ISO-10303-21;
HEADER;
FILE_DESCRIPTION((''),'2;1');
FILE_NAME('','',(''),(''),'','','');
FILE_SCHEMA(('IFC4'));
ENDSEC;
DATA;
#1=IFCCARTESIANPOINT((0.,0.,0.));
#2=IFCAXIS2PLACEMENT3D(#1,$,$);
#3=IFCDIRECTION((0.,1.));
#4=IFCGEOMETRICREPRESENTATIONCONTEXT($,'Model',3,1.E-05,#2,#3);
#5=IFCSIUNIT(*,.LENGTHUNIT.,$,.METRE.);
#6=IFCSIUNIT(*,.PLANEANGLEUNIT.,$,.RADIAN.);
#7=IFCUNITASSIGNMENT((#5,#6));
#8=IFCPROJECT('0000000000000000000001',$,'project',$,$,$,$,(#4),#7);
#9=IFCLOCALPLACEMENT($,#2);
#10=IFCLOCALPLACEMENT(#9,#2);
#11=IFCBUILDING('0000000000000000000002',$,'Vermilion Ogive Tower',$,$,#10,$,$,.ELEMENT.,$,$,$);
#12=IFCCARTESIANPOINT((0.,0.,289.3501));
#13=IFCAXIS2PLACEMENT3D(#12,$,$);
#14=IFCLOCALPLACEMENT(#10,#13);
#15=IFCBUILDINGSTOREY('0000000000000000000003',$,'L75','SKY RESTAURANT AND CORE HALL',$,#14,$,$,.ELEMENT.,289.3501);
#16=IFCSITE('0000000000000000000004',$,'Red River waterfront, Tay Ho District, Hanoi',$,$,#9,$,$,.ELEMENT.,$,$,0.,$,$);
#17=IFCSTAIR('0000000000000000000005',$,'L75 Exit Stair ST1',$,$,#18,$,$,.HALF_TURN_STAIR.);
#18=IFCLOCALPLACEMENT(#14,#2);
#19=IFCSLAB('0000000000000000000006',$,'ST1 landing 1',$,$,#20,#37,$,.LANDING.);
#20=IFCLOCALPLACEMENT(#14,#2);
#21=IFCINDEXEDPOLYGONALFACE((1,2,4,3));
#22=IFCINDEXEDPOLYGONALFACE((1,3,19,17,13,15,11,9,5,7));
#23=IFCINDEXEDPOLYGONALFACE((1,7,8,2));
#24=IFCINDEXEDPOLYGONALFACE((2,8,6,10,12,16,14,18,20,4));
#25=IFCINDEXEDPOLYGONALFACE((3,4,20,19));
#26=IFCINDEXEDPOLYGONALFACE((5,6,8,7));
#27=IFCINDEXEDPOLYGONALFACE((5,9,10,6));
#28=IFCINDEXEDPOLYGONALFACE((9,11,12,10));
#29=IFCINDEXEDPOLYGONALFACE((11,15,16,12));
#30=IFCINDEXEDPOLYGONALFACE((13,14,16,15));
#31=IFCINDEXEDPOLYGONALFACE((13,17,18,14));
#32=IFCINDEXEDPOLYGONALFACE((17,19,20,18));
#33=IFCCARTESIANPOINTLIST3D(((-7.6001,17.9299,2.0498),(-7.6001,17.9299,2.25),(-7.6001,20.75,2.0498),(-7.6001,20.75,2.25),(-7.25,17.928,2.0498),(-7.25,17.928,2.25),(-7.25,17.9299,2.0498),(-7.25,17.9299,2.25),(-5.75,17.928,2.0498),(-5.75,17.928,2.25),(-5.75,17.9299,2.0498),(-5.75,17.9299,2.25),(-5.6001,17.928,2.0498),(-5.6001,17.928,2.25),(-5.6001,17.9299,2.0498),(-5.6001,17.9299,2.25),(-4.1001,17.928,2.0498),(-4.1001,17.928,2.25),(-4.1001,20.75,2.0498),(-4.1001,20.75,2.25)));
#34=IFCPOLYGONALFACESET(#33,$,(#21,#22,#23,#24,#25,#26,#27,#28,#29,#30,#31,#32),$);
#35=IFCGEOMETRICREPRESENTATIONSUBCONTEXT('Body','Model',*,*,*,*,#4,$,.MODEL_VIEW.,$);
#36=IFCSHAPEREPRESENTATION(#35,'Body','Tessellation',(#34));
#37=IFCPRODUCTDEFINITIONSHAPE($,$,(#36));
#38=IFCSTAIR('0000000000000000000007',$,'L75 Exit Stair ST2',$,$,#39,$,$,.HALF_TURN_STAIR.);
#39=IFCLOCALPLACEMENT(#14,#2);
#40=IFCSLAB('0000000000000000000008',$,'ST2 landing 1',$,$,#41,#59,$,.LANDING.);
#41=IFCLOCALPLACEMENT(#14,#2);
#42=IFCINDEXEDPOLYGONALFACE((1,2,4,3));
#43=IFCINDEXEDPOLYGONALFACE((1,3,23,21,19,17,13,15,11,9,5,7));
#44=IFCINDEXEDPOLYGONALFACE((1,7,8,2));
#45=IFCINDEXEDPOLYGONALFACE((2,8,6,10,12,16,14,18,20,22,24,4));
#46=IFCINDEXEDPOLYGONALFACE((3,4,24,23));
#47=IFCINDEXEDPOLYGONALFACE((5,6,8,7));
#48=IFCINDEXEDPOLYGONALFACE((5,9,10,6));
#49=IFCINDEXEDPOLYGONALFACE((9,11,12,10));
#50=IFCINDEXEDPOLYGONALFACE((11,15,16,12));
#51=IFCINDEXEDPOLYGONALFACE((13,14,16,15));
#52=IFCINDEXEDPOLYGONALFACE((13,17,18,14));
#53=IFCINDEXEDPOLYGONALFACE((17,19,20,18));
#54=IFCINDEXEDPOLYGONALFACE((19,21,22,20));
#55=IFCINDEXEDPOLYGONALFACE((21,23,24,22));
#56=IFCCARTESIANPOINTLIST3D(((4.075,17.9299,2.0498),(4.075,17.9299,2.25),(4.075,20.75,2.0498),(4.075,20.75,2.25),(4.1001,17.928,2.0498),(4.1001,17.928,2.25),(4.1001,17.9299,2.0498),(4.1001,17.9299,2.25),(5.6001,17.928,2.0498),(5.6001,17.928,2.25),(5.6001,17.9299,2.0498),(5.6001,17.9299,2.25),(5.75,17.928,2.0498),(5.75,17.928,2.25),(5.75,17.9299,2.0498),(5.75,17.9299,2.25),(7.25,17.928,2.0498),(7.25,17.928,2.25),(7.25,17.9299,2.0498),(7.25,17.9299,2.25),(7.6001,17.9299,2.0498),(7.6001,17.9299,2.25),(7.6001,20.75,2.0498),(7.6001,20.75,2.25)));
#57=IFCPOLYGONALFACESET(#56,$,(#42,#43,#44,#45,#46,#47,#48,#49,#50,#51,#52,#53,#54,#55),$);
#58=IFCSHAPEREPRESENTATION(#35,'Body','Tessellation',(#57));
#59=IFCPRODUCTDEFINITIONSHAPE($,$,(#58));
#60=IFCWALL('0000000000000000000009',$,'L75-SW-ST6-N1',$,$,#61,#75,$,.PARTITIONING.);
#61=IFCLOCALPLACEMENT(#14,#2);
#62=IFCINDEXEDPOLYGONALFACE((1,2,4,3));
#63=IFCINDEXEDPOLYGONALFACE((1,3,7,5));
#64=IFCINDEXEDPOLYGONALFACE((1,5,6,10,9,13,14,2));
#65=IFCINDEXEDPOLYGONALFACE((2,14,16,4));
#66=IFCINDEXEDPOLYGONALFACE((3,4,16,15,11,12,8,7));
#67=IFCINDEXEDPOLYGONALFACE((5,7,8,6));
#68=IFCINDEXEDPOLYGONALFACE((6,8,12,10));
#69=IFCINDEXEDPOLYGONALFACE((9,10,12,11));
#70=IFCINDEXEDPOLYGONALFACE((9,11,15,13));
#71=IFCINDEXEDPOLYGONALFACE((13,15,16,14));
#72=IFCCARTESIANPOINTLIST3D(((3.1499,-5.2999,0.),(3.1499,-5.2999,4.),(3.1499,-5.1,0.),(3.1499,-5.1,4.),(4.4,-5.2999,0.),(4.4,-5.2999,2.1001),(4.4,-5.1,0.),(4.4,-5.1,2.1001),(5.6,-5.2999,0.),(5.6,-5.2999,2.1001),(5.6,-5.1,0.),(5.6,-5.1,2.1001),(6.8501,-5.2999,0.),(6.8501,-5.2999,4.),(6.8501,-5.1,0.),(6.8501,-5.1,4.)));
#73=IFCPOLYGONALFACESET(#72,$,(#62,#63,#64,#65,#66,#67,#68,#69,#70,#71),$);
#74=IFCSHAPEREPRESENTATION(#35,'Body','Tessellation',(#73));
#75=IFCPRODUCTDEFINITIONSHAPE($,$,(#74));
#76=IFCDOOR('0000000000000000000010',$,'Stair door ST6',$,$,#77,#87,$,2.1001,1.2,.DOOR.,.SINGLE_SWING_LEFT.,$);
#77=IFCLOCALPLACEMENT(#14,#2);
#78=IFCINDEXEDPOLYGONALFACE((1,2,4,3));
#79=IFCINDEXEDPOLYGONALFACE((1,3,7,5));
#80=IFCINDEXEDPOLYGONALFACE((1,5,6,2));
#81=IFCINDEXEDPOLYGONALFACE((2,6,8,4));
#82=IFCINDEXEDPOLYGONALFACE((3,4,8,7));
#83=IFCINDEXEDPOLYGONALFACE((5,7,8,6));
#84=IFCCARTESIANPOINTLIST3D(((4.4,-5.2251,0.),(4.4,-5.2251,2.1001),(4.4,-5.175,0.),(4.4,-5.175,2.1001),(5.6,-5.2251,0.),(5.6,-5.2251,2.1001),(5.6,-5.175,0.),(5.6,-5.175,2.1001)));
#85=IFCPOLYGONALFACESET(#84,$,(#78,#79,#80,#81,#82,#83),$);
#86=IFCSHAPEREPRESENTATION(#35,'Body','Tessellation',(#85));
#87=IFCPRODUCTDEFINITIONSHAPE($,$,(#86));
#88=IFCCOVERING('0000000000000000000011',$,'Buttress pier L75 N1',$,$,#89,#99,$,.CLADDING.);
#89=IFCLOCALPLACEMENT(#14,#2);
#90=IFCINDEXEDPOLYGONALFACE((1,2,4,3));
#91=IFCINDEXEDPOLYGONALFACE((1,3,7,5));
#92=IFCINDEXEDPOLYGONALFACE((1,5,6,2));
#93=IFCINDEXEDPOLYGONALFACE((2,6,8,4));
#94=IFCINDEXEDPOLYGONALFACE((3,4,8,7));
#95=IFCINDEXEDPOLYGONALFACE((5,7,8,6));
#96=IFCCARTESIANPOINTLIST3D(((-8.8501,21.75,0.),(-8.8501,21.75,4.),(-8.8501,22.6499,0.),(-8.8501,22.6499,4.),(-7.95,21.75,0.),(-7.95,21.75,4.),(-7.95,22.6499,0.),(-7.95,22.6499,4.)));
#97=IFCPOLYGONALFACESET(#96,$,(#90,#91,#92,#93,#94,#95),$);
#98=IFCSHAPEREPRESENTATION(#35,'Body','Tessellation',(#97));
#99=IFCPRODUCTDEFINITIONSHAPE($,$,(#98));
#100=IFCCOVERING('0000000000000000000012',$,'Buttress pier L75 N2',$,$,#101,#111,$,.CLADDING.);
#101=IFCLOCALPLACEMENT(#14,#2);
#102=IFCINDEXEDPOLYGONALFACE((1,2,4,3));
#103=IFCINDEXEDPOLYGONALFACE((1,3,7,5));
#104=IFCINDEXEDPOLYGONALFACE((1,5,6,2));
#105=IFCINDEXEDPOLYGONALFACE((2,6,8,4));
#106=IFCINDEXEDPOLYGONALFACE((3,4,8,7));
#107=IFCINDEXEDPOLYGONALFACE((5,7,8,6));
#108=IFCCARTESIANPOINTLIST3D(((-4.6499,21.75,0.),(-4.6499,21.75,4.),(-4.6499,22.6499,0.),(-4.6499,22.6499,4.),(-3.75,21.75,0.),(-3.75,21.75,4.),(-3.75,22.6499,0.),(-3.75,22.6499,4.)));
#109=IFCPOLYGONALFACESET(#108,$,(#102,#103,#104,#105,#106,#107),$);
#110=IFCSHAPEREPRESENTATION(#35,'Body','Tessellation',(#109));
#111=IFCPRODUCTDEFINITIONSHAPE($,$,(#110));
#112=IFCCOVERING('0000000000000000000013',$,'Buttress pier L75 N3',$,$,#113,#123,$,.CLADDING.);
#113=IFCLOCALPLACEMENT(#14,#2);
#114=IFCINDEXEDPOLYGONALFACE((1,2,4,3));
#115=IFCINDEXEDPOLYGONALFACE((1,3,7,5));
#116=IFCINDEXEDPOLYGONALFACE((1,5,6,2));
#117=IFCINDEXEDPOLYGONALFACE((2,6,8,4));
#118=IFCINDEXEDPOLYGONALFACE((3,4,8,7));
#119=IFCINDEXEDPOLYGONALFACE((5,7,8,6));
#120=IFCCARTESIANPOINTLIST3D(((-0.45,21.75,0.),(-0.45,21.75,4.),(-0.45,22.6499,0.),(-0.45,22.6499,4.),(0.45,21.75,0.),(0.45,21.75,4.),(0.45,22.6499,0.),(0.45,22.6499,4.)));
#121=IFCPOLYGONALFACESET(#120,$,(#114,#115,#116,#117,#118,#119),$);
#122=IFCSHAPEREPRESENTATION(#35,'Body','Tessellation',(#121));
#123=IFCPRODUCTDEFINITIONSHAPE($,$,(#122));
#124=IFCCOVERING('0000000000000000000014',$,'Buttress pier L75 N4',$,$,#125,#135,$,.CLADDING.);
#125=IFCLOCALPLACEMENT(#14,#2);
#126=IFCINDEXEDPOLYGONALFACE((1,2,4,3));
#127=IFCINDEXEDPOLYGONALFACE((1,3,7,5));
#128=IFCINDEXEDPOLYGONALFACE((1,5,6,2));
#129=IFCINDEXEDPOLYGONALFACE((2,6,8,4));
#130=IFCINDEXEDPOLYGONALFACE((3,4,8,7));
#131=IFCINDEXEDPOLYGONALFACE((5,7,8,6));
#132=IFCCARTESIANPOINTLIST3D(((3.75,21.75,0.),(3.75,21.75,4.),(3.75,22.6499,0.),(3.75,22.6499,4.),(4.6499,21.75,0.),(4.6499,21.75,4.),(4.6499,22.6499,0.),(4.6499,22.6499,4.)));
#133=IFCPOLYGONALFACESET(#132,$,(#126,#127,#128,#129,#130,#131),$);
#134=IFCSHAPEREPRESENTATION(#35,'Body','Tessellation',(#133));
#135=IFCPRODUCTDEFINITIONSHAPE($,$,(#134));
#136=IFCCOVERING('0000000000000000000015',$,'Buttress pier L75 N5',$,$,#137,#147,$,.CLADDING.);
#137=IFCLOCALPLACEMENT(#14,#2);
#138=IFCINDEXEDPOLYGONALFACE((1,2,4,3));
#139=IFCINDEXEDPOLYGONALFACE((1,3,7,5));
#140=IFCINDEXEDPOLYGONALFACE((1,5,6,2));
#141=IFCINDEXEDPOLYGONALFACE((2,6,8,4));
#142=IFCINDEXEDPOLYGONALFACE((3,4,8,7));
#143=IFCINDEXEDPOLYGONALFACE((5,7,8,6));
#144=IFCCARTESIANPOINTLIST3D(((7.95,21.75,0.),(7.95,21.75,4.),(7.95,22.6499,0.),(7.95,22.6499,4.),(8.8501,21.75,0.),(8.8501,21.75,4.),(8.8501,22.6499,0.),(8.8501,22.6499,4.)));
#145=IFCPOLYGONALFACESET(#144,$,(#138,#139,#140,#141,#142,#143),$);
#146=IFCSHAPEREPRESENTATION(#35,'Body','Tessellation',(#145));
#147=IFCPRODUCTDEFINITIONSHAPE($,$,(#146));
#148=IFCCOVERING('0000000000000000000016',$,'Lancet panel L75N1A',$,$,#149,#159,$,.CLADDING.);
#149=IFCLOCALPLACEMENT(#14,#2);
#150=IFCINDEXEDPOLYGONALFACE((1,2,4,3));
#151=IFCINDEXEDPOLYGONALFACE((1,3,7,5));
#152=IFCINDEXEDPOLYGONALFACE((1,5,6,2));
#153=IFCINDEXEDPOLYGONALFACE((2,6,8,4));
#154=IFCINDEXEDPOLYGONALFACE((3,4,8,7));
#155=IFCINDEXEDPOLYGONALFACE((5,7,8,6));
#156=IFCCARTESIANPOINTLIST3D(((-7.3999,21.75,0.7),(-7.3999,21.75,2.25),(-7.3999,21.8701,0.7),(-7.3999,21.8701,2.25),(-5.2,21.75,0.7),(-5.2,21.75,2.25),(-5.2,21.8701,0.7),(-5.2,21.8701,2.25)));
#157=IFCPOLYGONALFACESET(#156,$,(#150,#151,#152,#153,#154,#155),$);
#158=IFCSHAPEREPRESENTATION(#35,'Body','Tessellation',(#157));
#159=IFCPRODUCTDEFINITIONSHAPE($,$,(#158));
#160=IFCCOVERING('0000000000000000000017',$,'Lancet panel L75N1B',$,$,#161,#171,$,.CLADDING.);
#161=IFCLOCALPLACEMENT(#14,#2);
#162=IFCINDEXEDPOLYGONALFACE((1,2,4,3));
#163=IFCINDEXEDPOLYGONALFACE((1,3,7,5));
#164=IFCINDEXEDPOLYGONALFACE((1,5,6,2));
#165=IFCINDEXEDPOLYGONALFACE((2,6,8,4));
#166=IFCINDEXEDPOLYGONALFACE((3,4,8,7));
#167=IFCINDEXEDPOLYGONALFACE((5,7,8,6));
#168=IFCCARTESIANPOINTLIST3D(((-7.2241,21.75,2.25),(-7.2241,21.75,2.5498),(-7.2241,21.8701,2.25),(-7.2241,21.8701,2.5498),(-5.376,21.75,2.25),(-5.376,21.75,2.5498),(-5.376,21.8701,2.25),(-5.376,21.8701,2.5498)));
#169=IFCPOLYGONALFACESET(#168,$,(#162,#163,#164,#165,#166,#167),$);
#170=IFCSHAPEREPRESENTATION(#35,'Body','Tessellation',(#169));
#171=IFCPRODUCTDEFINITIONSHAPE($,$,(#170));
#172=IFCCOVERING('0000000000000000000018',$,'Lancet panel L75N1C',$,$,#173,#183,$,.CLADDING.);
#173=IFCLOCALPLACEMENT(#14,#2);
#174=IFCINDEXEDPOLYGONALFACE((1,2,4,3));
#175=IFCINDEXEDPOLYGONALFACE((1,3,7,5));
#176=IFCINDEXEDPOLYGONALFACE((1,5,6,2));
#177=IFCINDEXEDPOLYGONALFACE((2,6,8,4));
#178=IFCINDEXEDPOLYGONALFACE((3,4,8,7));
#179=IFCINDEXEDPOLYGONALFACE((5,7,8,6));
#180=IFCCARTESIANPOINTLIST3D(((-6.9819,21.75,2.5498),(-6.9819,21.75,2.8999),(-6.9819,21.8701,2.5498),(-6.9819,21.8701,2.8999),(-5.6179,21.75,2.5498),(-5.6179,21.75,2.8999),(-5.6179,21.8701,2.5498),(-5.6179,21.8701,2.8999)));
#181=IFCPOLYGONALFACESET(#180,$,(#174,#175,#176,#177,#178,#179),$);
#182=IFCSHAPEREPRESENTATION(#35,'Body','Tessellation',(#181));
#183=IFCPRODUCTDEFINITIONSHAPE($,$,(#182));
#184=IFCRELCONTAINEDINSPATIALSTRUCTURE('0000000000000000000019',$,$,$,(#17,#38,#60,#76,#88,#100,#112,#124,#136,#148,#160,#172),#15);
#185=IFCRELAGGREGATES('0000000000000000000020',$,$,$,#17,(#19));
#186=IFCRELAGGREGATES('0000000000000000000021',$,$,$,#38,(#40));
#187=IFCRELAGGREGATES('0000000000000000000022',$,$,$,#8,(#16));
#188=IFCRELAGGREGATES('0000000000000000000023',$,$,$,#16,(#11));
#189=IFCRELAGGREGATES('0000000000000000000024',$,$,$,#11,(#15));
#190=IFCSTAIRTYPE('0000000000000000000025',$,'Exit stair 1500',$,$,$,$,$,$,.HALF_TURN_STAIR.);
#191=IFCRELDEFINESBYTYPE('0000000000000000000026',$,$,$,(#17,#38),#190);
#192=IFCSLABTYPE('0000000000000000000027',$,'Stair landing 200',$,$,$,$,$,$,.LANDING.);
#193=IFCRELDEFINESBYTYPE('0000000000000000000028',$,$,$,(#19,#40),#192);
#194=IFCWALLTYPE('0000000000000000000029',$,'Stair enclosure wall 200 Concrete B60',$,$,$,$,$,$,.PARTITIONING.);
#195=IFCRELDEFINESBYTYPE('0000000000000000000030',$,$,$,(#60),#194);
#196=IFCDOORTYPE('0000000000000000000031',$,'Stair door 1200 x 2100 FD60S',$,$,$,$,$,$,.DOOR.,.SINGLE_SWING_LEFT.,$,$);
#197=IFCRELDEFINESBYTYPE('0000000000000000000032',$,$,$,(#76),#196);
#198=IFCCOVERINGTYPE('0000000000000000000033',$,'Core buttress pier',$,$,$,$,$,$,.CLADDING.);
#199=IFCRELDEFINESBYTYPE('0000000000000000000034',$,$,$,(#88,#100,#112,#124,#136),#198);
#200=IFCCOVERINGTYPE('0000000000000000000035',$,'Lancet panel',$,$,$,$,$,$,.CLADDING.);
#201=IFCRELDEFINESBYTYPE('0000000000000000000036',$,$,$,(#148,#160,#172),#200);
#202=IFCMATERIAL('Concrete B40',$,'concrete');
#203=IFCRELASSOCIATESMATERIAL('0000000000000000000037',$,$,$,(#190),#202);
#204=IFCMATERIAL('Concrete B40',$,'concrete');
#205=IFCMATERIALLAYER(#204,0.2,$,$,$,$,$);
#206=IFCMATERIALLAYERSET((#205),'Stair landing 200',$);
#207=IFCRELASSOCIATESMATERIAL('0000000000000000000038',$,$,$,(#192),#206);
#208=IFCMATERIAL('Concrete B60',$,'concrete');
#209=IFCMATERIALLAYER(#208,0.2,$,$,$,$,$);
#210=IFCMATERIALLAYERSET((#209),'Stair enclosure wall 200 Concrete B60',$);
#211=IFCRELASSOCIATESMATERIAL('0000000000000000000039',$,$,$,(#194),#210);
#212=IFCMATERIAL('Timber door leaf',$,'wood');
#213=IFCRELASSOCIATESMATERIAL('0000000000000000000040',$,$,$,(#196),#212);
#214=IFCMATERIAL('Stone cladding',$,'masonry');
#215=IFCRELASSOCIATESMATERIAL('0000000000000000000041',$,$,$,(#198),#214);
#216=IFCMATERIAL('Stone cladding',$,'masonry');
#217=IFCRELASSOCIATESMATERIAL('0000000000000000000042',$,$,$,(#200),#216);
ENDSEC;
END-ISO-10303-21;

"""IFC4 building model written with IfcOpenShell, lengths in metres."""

from ifc_helpers import new_model, si_unit, direction, frame, frame_2d, origin, place, context, subcontext, project, spatial, polyline, rectangle, outline, extrude, material, layer, layer_set, type_object, element, fill, aggregate, save


model = new_model("IFC4")

# Units and contexts
model_context = context("Model", 3, precision=1e-05, world=origin(), true_north=direction((0.0, 1.0)))
body_context = subcontext(model_context, "Body", "Model", "MODEL_VIEW")
ifc_project = project(units=[si_unit("LENGTHUNIT", "METRE"), si_unit("PLANEANGLEUNIT", "RADIAN")], contexts=[model_context])

# Site, building, storey
site_placement = place(None, origin())
site = spatial("IfcSite", under=ifc_project, at=site_placement, Name="Red River waterfront, Tay Ho District, Hanoi", CompositionType="ELEMENT", RefElevation=0.0)
building_placement = place(site_placement, origin())
building = spatial("IfcBuilding", under=site, at=building_placement, Name="Vermilion Ogive Tower", CompositionType="ELEMENT")
storey_placement = place(building_placement, frame((0.0, 0.0, 289.3501)))
storey = spatial("IfcBuildingStorey", under=building, at=storey_placement, Name="L75", Description="SKY RESTAURANT AND CORE HALL", CompositionType="ELEMENT", Elevation=289.3501)

# Stairs, slabs
ifc_material_1 = material(Name="Concrete B40", Category="concrete")
stair_type = type_object("IfcStairType", Name="Exit stair 1500", PredefinedType="HALF_TURN_STAIR", material=ifc_material_1)
stair_1_placement = place(storey_placement, origin())
stair_1 = element("IfcStair", 1, at=stair_1_placement, inside=storey, type_object=stair_type, Name="L75 Exit Stair ST1", PredefinedType="HALF_TURN_STAIR")
ifc_material_2 = material(Name="Concrete B40", Category="concrete")
ifc_layer_1 = layer(ifc_material_2, 0.2)
ifc_layer_set_1 = layer_set([ifc_layer_1], Name="Stair landing 200")
slab_type = type_object("IfcSlabType", Name="Stair landing 200", PredefinedType="LANDING", material=ifc_layer_set_1)
slab_1_placement = place(storey_placement, frame((0.0, 0.0, 2.0498)))
slab_1 = element("IfcSlab", 2, at=slab_1_placement, type_object=slab_type, Name="ST1 landing 1", PredefinedType="LANDING", context=body_context, shape_type="SweptSolid", body=[
    extrude(outline(polyline([(-7.6001, 17.9299), (-7.25, 17.9299), (-7.25, 17.928), (-5.75, 17.928), (-5.75, 17.9299), (-5.6001, 17.9299), (-5.6001, 17.928), (-4.1001, 17.928), (-4.1001, 20.75), (-7.6001, 20.75), (-7.6001, 17.9299)])), origin(), (0.0, 0.0, 1.0), 0.2002),
])
aggregate(stair_1, [slab_1])
stair_2_placement = place(storey_placement, origin())
stair_2 = element("IfcStair", 3, at=stair_2_placement, inside=storey, type_object=stair_type, Name="L75 Exit Stair ST2", PredefinedType="HALF_TURN_STAIR")
slab_2_placement = place(storey_placement, frame((0.0, 0.0, 2.0498)))
slab_2 = element("IfcSlab", 4, at=slab_2_placement, type_object=slab_type, Name="ST2 landing 1", PredefinedType="LANDING", context=body_context, shape_type="SweptSolid", body=[
    extrude(outline(polyline([(5.6001, 17.9299), (5.75, 17.9299), (5.75, 17.928), (7.25, 17.928), (7.25, 17.9299), (7.6001, 17.9299), (7.6001, 20.75), (4.075, 20.75), (4.075, 17.9299), (4.1001, 17.9299), (4.1001, 17.928), (5.6001, 17.928), (5.6001, 17.9299)])), origin(), (0.0, 0.0, 1.0), 0.2002),
])
aggregate(stair_2, [slab_2])

# Wall, opening, door
ifc_material_3 = material(Name="Concrete B60", Category="concrete")
ifc_layer_2 = layer(ifc_material_3, 0.2)
ifc_layer_set_2 = layer_set([ifc_layer_2], Name="Stair enclosure wall 200 Concrete B60")
wall_type = type_object("IfcWallType", Name="Stair enclosure wall 200 Concrete B60", PredefinedType="PARTITIONING", material=ifc_layer_set_2)
wall_placement = place(storey_placement, frame((3.1499, -5.2, 0.0), z_axis=(0.0, 0.0, 1.0), x_axis=(1.0, 0.0, 0.0)))
wall = element("IfcWall", 5, at=wall_placement, inside=storey, type_object=wall_type, Name="L75-SW-ST6-N1", PredefinedType="PARTITIONING", context=body_context, shape_type="SweptSolid", body=[
    extrude(rectangle(XDim=3.7002, YDim=0.2, at=frame_2d((1.8501, 0.0))), origin(), (0.0, 0.0, 1.0), 4.0),
])
opening_placement = place(wall_placement, frame((1.25, 0.0, 0.0)))
opening = element("IfcOpeningElement", 6, at=opening_placement, cuts=wall, PredefinedType="OPENING", context=body_context, shape_type="SweptSolid", body=[
    extrude(rectangle(XDim=1.2, YDim=2.1001, at=frame_2d((0.6001, 1.05))), frame((0.0, 0.1099, 0.0), z_axis=(0.0, -1.0, 0.0), x_axis=(1.0, 0.0, 0.0)), (0.0, 0.0, 1.0), 0.22),
])
ifc_material_4 = material(Name="Timber door leaf", Category="wood")
door_type = type_object("IfcDoorType", Name="Stair door 1200 x 2100 FD60S", OperationType="SINGLE_SWING_LEFT", PredefinedType="DOOR", material=ifc_material_4)
door_placement = place(opening_placement, origin())
door = element("IfcDoor", 7, at=door_placement, inside=storey, type_object=door_type, Name="Stair door ST6", OperationType="SINGLE_SWING_LEFT", OverallHeight=2.1001, OverallWidth=1.2, PredefinedType="DOOR", context=body_context, shape_type="SweptSolid", body=[
    extrude(rectangle(XDim=1.2, YDim=2.1001, at=frame_2d((0.6001, 1.05))), frame((0.0, 0.0249, 0.0), z_axis=(0.0, -1.0, 0.0), x_axis=(1.0, 0.0, 0.0)), (0.0, 0.0, 1.0), 0.05),
])
fill(opening, door)

# Coverings
ifc_material_5 = material(Name="Stone cladding", Category="masonry")
covering_type_1 = type_object("IfcCoveringType", Name="Core buttress pier", PredefinedType="CLADDING", material=ifc_material_5)
covering_1_placement = place(storey_placement, origin())
element("IfcCovering", 8, at=covering_1_placement, inside=storey, type_object=covering_type_1, Name="Buttress pier L75 N1", PredefinedType="CLADDING", context=body_context, shape_type="SweptSolid", body=[
    extrude(outline(polyline([(-8.8501, 21.75), (-7.95, 21.75), (-7.95, 22.6499), (-8.8501, 22.6499), (-8.8501, 21.75)])), origin(), (0.0, 0.0, 1.0), 4.0),
])
covering_2_placement = place(storey_placement, origin())
element("IfcCovering", 9, at=covering_2_placement, inside=storey, type_object=covering_type_1, Name="Buttress pier L75 N2", PredefinedType="CLADDING", context=body_context, shape_type="SweptSolid", body=[
    extrude(outline(polyline([(-4.6499, 21.75), (-3.75, 21.75), (-3.75, 22.6499), (-4.6499, 22.6499), (-4.6499, 21.75)])), origin(), (0.0, 0.0, 1.0), 4.0),
])
covering_3_placement = place(storey_placement, origin())
element("IfcCovering", 10, at=covering_3_placement, inside=storey, type_object=covering_type_1, Name="Buttress pier L75 N3", PredefinedType="CLADDING", context=body_context, shape_type="SweptSolid", body=[
    extrude(outline(polyline([(-0.45, 21.75), (0.45, 21.75), (0.45, 22.6499), (-0.45, 22.6499), (-0.45, 21.75)])), origin(), (0.0, 0.0, 1.0), 4.0),
])
covering_4_placement = place(storey_placement, origin())
element("IfcCovering", 11, at=covering_4_placement, inside=storey, type_object=covering_type_1, Name="Buttress pier L75 N4", PredefinedType="CLADDING", context=body_context, shape_type="SweptSolid", body=[
    extrude(outline(polyline([(3.75, 21.75), (4.6499, 21.75), (4.6499, 22.6499), (3.75, 22.6499), (3.75, 21.75)])), origin(), (0.0, 0.0, 1.0), 4.0),
])
covering_5_placement = place(storey_placement, origin())
element("IfcCovering", 12, at=covering_5_placement, inside=storey, type_object=covering_type_1, Name="Buttress pier L75 N5", PredefinedType="CLADDING", context=body_context, shape_type="SweptSolid", body=[
    extrude(outline(polyline([(7.95, 21.75), (8.8501, 21.75), (8.8501, 22.6499), (7.95, 22.6499), (7.95, 21.75)])), origin(), (0.0, 0.0, 1.0), 4.0),
])
ifc_material_6 = material(Name="Stone cladding", Category="masonry")
covering_type_2 = type_object("IfcCoveringType", Name="Lancet panel", PredefinedType="CLADDING", material=ifc_material_6)
covering_6_placement = place(storey_placement, frame((0.0, 0.0, 0.7)))
element("IfcCovering", 13, at=covering_6_placement, inside=storey, type_object=covering_type_2, Name="Lancet panel L75N1A", PredefinedType="CLADDING", context=body_context, shape_type="SweptSolid", body=[
    extrude(outline(polyline([(-7.3999, 21.75), (-5.2, 21.75), (-5.2, 21.8701), (-7.3999, 21.8701), (-7.3999, 21.75)])), origin(), (0.0, 0.0, 1.0), 1.55),
])
covering_7_placement = place(storey_placement, frame((0.0, 0.0, 2.25)))
element("IfcCovering", 14, at=covering_7_placement, inside=storey, type_object=covering_type_2, Name="Lancet panel L75N1B", PredefinedType="CLADDING", context=body_context, shape_type="SweptSolid", body=[
    extrude(outline(polyline([(-7.2241, 21.75), (-5.376, 21.75), (-5.376, 21.8701), (-7.2241, 21.8701), (-7.2241, 21.75)])), origin(), (0.0, 0.0, 1.0), 0.2998),
])
covering_8_placement = place(storey_placement, frame((0.0, 0.0, 2.5498)))
element("IfcCovering", 15, at=covering_8_placement, inside=storey, type_object=covering_type_2, Name="Lancet panel L75N1C", PredefinedType="CLADDING", context=body_context, shape_type="SweptSolid", body=[
    extrude(outline(polyline([(-6.9819, 21.75), (-5.6179, 21.75), (-5.6179, 21.8701), (-6.9819, 21.8701), (-6.9819, 21.75)])), origin(), (0.0, 0.0, 1.0), 0.3501),
])

save(model, "model.ifc")
